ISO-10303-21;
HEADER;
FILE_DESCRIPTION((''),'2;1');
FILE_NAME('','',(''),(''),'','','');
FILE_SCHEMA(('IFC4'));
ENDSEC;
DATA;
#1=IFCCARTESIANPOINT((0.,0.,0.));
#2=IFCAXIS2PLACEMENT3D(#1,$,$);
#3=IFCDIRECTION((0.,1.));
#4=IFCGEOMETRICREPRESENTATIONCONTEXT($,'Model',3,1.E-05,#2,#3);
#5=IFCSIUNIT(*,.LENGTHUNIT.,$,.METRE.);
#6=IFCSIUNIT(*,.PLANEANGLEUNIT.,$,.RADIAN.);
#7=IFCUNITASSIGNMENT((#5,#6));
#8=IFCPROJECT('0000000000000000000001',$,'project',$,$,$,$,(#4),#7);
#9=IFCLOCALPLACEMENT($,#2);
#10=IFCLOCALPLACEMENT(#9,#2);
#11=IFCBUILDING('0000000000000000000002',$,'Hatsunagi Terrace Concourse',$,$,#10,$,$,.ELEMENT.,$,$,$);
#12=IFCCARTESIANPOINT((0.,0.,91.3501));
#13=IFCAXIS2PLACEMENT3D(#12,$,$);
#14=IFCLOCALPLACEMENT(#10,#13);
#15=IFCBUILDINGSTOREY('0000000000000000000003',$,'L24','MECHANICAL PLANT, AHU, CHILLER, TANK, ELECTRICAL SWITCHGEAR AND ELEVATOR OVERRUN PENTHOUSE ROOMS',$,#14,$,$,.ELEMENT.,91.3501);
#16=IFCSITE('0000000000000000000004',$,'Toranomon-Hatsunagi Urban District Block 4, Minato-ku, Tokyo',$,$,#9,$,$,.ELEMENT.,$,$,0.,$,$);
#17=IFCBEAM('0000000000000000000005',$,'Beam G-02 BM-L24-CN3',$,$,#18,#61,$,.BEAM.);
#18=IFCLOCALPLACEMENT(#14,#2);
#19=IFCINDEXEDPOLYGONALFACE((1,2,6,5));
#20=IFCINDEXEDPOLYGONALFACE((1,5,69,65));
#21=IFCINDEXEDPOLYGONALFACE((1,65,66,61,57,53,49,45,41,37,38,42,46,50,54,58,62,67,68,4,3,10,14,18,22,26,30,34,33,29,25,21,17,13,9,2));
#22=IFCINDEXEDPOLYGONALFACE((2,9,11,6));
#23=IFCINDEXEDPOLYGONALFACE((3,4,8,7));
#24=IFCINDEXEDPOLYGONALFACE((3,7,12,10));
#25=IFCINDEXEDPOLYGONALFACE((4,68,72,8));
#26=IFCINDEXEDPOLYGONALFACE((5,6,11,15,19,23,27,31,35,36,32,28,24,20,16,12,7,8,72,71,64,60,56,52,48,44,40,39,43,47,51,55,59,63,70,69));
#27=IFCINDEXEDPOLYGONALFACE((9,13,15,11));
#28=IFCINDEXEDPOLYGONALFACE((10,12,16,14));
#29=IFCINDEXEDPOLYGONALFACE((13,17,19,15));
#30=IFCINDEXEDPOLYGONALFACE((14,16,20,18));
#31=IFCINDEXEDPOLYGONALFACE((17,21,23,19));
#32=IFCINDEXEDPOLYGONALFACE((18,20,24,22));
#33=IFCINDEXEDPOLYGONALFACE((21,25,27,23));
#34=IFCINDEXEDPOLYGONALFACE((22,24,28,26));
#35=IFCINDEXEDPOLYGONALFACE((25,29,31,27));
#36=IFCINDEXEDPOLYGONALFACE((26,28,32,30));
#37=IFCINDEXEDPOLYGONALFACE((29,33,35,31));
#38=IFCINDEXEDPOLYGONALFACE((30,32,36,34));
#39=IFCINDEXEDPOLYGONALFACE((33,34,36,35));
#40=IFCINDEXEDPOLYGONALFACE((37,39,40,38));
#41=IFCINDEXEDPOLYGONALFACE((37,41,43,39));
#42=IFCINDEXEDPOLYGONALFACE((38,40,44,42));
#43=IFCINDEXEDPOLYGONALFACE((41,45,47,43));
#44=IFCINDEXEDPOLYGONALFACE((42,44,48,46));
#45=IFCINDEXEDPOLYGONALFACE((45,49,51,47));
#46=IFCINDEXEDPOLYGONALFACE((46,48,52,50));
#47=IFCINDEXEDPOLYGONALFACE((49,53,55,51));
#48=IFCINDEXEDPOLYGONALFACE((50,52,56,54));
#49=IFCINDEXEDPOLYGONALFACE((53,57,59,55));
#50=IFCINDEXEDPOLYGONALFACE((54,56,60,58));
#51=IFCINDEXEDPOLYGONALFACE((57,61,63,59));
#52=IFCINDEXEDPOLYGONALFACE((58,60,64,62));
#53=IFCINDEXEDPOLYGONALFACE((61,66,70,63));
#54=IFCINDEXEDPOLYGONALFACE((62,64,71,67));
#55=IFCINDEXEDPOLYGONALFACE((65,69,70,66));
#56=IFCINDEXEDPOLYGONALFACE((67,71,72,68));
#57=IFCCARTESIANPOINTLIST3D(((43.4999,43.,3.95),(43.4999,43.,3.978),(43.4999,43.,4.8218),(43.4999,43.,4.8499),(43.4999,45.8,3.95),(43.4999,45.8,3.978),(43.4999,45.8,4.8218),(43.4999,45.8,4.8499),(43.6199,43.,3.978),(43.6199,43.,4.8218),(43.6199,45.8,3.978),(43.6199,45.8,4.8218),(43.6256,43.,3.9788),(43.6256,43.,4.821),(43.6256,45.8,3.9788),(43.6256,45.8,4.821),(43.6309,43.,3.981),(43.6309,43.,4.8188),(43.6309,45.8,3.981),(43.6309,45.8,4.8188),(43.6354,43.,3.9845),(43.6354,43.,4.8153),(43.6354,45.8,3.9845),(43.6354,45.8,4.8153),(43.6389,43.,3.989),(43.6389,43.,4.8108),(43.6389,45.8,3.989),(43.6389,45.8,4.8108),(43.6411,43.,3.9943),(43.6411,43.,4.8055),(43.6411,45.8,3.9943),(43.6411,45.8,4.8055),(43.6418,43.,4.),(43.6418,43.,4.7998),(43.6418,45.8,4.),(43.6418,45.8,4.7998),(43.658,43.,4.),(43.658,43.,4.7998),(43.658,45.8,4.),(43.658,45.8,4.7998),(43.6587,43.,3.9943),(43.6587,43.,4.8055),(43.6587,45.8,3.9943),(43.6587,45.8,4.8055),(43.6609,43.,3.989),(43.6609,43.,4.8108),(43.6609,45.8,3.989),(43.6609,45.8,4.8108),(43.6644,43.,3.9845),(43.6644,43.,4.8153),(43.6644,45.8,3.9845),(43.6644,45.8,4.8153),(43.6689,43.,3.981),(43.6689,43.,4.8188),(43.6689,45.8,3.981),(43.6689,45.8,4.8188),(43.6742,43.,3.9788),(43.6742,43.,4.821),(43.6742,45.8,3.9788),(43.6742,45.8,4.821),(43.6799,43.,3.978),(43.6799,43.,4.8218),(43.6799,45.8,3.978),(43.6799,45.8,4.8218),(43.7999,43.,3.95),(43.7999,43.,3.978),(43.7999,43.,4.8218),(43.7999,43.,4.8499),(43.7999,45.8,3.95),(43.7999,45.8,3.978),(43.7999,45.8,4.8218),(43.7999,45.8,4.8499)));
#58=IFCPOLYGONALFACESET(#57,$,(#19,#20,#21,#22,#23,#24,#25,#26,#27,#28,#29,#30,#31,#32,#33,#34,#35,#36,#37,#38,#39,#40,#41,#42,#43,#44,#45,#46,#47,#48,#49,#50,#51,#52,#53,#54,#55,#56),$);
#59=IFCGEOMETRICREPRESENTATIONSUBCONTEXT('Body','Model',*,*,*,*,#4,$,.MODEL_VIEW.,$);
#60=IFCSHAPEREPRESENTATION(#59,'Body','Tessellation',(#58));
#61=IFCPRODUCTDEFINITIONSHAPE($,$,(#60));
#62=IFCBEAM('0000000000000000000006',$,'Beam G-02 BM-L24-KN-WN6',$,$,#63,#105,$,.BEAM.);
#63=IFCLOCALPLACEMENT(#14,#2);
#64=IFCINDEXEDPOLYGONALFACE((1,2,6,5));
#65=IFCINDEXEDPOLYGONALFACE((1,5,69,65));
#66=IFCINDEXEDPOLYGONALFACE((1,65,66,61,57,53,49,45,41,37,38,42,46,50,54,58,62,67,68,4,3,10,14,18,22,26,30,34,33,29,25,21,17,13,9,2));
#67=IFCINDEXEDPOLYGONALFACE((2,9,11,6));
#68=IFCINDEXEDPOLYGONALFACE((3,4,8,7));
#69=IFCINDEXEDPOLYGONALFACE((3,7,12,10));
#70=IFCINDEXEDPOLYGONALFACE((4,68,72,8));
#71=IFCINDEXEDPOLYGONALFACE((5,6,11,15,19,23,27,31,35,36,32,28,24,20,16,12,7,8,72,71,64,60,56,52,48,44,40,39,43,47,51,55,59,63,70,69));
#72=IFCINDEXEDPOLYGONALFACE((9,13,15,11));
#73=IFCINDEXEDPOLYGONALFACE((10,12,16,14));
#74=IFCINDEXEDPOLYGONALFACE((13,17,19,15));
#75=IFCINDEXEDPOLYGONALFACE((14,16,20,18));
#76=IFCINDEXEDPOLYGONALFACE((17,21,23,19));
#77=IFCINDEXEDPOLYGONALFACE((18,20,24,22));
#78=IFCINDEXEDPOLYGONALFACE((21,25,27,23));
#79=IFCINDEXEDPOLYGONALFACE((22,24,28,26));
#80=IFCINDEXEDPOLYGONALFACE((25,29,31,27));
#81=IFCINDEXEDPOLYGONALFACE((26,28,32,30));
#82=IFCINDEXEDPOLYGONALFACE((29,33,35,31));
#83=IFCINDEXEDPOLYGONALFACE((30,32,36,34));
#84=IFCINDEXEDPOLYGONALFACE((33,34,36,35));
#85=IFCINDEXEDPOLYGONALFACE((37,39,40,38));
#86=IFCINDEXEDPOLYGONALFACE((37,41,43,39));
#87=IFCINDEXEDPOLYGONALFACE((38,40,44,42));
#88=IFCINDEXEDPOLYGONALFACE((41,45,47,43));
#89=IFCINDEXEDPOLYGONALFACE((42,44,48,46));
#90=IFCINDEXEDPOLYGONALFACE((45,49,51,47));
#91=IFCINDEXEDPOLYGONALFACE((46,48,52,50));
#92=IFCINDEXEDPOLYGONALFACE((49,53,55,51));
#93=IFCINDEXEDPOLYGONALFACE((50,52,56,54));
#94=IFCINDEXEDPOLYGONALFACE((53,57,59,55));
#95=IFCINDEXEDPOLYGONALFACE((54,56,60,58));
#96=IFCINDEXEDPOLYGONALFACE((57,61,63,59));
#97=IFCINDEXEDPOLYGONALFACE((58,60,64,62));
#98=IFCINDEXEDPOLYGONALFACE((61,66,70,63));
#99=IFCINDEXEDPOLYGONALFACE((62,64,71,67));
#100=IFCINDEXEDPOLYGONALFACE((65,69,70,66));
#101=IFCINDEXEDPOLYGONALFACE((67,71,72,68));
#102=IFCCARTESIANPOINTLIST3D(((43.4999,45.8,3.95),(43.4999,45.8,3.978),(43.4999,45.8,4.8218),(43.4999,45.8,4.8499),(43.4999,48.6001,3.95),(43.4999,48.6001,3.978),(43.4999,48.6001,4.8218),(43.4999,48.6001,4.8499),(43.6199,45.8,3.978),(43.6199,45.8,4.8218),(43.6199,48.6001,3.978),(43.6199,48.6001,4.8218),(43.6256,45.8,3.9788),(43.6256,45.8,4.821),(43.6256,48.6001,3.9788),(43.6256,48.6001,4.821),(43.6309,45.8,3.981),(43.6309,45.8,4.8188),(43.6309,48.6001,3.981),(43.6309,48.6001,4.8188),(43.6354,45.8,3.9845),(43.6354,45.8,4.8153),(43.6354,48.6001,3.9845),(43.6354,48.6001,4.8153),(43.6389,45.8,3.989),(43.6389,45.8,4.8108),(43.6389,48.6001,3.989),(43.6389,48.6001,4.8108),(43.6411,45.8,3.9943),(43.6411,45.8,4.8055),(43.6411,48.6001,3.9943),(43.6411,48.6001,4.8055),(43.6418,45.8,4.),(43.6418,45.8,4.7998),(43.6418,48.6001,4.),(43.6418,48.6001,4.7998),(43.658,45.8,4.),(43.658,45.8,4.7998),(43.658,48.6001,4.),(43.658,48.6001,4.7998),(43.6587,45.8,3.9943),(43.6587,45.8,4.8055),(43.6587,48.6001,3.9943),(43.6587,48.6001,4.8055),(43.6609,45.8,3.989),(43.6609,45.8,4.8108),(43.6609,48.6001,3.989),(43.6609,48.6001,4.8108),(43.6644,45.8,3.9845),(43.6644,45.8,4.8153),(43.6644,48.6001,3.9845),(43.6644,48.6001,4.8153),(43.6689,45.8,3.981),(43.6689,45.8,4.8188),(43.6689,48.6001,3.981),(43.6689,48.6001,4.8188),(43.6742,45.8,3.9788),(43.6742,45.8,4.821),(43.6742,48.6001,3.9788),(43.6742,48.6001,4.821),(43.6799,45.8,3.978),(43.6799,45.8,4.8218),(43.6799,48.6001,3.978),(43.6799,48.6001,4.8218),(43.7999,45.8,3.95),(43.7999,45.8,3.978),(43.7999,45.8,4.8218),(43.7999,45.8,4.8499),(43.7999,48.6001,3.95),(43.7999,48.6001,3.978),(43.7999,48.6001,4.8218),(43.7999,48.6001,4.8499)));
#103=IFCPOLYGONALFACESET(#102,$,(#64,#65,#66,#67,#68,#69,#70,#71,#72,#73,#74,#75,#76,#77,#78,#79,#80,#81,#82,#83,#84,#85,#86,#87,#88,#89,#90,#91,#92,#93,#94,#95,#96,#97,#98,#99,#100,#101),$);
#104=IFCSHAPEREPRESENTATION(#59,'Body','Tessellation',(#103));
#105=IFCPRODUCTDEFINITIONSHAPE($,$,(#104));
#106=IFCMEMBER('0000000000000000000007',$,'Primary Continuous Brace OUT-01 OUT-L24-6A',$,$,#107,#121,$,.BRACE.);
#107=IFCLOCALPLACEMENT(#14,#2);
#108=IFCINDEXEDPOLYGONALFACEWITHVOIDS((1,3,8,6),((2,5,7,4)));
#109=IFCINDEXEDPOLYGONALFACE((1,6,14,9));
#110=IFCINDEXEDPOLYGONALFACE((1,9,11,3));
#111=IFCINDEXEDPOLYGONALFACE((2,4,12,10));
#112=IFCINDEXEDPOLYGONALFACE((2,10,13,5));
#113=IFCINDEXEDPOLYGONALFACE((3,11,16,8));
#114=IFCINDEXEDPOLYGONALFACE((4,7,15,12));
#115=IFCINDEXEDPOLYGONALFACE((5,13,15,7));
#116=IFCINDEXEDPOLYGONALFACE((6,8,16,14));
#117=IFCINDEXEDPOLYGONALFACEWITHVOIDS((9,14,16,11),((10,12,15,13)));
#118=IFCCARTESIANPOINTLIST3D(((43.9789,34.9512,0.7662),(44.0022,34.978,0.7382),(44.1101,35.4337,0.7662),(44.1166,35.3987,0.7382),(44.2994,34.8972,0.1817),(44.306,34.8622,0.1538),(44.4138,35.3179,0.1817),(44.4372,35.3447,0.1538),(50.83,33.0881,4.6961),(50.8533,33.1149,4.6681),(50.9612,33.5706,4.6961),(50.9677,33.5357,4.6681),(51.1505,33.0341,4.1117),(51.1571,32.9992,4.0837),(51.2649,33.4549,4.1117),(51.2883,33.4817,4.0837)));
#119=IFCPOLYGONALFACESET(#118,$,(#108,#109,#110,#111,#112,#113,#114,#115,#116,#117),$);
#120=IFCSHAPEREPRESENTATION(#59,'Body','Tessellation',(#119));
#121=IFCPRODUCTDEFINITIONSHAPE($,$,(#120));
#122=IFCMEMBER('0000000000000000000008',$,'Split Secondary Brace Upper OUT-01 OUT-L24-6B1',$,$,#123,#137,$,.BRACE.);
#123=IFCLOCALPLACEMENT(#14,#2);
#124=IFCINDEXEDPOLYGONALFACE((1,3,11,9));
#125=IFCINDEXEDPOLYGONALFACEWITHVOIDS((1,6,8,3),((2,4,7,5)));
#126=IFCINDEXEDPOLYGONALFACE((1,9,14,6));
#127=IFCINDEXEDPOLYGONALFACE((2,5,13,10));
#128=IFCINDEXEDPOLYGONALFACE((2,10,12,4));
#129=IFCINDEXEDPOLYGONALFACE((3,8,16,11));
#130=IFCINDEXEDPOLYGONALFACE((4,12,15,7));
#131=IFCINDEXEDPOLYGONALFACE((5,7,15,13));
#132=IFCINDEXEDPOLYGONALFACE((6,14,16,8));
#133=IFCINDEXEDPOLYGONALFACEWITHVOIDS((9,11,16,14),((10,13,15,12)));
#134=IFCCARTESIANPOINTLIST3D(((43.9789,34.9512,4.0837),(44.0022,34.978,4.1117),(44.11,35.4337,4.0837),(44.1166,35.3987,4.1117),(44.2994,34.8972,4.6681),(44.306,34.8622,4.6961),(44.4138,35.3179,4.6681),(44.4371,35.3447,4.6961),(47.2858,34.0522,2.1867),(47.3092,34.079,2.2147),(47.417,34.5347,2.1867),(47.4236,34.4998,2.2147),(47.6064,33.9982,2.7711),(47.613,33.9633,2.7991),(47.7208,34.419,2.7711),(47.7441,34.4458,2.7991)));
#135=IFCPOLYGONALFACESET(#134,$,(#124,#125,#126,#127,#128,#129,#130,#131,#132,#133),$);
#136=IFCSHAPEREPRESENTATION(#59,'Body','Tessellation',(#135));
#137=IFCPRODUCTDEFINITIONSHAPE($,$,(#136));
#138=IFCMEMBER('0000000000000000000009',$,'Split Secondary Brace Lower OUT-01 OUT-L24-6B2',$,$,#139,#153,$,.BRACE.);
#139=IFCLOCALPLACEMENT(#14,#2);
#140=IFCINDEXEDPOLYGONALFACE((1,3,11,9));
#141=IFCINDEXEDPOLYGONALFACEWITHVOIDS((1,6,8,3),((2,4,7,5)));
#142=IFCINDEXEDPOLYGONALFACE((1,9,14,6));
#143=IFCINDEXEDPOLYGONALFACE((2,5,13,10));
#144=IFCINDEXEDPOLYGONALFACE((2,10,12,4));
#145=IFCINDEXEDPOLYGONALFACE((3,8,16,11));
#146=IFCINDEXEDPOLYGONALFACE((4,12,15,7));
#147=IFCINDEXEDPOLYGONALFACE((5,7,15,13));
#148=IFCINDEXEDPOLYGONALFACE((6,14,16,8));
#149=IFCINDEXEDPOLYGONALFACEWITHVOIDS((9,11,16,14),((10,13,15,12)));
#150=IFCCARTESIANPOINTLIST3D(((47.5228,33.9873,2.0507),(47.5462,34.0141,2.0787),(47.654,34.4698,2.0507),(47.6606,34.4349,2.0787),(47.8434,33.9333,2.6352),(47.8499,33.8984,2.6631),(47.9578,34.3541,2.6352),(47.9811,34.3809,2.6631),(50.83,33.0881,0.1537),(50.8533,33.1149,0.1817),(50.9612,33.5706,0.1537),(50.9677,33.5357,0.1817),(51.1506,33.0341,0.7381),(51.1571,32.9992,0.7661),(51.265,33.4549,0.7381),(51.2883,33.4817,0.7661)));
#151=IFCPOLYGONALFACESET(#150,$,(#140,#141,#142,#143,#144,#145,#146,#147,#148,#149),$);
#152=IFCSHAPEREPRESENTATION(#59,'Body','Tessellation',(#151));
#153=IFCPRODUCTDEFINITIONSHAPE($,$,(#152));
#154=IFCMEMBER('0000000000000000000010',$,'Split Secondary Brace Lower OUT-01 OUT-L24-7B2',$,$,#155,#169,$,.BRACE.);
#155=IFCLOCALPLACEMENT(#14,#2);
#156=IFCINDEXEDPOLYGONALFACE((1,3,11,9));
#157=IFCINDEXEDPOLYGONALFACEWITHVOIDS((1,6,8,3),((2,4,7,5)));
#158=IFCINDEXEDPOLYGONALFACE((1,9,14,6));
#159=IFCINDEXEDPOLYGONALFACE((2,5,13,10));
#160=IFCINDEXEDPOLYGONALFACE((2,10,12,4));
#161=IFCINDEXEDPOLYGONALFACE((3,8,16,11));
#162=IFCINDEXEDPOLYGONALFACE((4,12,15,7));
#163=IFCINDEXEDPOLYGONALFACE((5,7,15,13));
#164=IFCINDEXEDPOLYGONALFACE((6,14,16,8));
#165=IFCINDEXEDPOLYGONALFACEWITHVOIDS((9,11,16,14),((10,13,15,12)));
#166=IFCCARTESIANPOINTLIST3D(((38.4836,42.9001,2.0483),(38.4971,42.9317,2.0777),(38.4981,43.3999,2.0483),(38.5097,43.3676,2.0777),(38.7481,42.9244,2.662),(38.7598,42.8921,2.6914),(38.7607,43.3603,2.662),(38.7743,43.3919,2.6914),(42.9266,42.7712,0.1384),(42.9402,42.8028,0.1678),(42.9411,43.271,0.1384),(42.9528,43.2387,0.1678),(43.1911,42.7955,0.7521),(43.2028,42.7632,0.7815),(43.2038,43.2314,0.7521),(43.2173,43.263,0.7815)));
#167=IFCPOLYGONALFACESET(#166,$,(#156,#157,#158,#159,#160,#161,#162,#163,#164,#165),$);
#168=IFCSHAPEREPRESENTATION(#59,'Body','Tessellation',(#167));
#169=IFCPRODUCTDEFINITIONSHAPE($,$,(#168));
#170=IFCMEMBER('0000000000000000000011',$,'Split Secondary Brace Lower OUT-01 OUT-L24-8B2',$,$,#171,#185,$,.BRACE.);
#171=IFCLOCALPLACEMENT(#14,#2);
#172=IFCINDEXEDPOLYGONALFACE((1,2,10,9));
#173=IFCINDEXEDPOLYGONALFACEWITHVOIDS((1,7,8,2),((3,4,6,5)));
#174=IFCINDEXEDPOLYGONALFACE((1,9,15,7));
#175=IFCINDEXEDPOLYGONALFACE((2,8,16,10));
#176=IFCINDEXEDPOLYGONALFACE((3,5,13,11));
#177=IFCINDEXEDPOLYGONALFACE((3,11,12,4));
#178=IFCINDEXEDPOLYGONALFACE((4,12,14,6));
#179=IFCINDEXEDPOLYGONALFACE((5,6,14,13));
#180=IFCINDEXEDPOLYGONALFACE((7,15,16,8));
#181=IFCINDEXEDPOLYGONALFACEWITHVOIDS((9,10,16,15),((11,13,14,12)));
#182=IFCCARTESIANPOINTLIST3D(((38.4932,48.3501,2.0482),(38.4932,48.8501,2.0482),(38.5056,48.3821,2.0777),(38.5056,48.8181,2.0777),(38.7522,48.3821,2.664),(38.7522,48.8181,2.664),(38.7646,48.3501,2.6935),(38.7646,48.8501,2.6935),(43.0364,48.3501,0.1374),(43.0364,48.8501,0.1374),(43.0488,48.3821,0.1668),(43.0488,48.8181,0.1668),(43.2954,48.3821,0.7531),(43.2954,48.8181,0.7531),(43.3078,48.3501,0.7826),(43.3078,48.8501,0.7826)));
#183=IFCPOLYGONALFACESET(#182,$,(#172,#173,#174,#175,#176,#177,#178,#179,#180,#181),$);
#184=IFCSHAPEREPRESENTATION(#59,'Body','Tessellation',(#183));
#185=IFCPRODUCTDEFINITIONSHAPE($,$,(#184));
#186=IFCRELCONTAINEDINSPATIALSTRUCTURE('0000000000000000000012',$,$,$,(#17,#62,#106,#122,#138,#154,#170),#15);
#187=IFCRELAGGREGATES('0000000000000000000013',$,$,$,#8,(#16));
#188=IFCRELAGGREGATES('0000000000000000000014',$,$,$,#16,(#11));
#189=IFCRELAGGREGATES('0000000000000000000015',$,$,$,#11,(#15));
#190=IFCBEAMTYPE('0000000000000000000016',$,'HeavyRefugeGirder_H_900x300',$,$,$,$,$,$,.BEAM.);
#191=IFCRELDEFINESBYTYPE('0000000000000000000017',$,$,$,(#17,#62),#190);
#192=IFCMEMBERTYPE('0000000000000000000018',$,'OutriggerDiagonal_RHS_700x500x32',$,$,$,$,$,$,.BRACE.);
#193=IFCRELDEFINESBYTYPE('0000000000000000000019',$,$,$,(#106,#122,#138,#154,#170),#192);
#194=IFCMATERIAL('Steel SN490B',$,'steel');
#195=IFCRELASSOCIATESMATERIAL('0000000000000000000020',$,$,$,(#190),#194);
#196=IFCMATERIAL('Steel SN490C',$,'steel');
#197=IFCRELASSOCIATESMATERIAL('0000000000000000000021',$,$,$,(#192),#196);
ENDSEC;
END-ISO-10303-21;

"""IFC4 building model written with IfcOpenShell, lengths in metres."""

from ifc_helpers import new_model, si_unit, direction, frame, origin, origin_2d, place, context, subcontext, project, spatial, hollow_rectangle, i_section, extrude, material, material_profile, profile_set, type_object, element, save


model = new_model("IFC4")

# Units and contexts
model_context = context("Model", 3, precision=1e-05, world=origin(), true_north=direction((0.0, 1.0)))
body_context = subcontext(model_context, "Body", "Model", "MODEL_VIEW")
ifc_project = project(units=[si_unit("LENGTHUNIT", "METRE"), si_unit("PLANEANGLEUNIT", "RADIAN")], contexts=[model_context])

# Site, building, storey
site_placement = place(None, origin())
site = spatial("IfcSite", under=ifc_project, at=site_placement, Name="Toranomon-Hatsunagi Urban District Block 4, Minato-ku, Tokyo", CompositionType="ELEMENT", RefElevation=0.0)
building_placement = place(site_placement, origin())
building = spatial("IfcBuilding", under=site, at=building_placement, Name="Hatsunagi Terrace Concourse", CompositionType="ELEMENT")
storey_placement = place(building_placement, frame((0.0, 0.0, 91.3501)))
storey = spatial("IfcBuildingStorey", under=building, at=storey_placement, Name="L24", Description="MECHANICAL PLANT, AHU, CHILLER, TANK, ELECTRICAL SWITCHGEAR AND ELEVATOR OVERRUN PENTHOUSE ROOMS", CompositionType="ELEMENT", Elevation=91.3501)

# Beams
ifc_material_1 = material(Name="Steel SN490B", Category="steel")
ifc_material_profile_1 = material_profile(ifc_material_1, i_section(OverallWidth=0.3, OverallDepth=0.8999, WebThickness=0.0161, FlangeThickness=0.0281, FilletRadius=0.022, at=origin_2d()), Name="H-900x300x16x28")
ifc_profile_set_1 = profile_set([ifc_material_profile_1], Name="Steel SN490B")
beam_type_1 = type_object("IfcBeamType", Name="HeavyRefugeGirder_H_900x300", PredefinedType="BEAM", material=ifc_profile_set_1)
for number, where, z_axis, x_axis, name in (
    (1, (43.6499, 43.0, 4.3999), (0.0, 1.0, 0.0), (-1.0, 0.0, 0.0), "Beam G-02 BM-L24-CN3"),
    (2, (43.6499, 45.8, 4.3999), (0.0, 1.0, 0.0), (-1.0, 0.0, 0.0), "Beam G-02 BM-L24-KN-WN6"),
):
    element("IfcBeam", number, at=place(storey_placement, frame(where, z_axis=z_axis, x_axis=x_axis)), inside=storey, type_object=beam_type_1, Name=name, PredefinedType="BEAM", context=body_context, shape_type="SweptSolid", body=[
        extrude(i_section(OverallWidth=0.3, OverallDepth=0.8999, WebThickness=0.0161, FlangeThickness=0.0281, FilletRadius=0.022, at=origin_2d()), origin(), (0.0, 0.0, 1.0), 2.8),
    ])

# Members
ifc_material_2 = material(Name="Steel SN490C", Category="steel")
ifc_material_profile_2 = material_profile(ifc_material_2, hollow_rectangle(XDim=0.5, YDim=0.7, WallThickness=0.032, at=origin_2d()), Name="RHS-700x500x32")
ifc_profile_set_2 = profile_set([ifc_material_profile_2], Name="Steel SN490C")
member_type_1 = type_object("IfcMemberType", Name="OutriggerDiagonal_RHS_700x500x32", PredefinedType="BRACE", material=ifc_profile_set_2)
member_1_placement = place(storey_placement, frame((44.208, 35.1479, 0.46), z_axis=(0.844253, -0.229581, 0.484283), x_axis=(0.262404, 0.964958, 0.0)))
element("IfcMember", 3, at=member_1_placement, inside=storey, type_object=member_type_1, Name="Primary Continuous Brace OUT-01 OUT-L24-6A", PredefinedType="BRACE", context=body_context, shape_type="SweptSolid", body=[
    extrude(hollow_rectangle(XDim=0.5, YDim=0.7, WallThickness=0.032, at=origin_2d()), origin(), (0.0, 0.0, 1.0), 8.115),
])
member_2_placement = place(storey_placement, frame((44.208, 35.1479, 4.3899), z_axis=(0.844262, -0.2295, -0.484305), x_axis=(0.262316, 0.964982, 0.0)))
element("IfcMember", 4, at=member_2_placement, inside=storey, type_object=member_type_1, Name="Split Secondary Brace Upper OUT-01 OUT-L24-6B1", PredefinedType="BRACE", context=body_context, shape_type="SweptSolid", body=[
    extrude(hollow_rectangle(XDim=0.5, YDim=0.7, WallThickness=0.032, at=origin_2d()), origin(), (0.0, 0.0, 1.0), 3.917),
])
member_3_placement = place(storey_placement, frame((47.752, 34.1841, 2.3569), z_axis=(0.844268, -0.229547, -0.484273), x_axis=(0.262364, 0.964969, 0.0)))
element("IfcMember", 5, at=member_3_placement, inside=storey, type_object=member_type_1, Name="Split Secondary Brace Lower OUT-01 OUT-L24-6B2", PredefinedType="BRACE", context=body_context, shape_type="SweptSolid", body=[
    extrude(hollow_rectangle(XDim=0.5, YDim=0.7, WallThickness=0.032, at=origin_2d()), origin(), (0.0, 0.0, 1.0), 3.9172),
])
member_4_placement = place(storey_placement, frame((38.6289, 43.146, 2.3699), z_axis=(0.91839, -0.026645, -0.394778), x_axis=(0.029, 0.999579, 0.0)))
element("IfcMember", 6, at=member_4_placement, inside=storey, type_object=member_type_1, Name="Split Secondary Brace Lower OUT-01 OUT-L24-7B2", PredefinedType="BRACE", context=body_context, shape_type="SweptSolid", body=[
    extrude(hollow_rectangle(XDim=0.5, YDim=0.7, WallThickness=0.032, at=origin_2d()), origin(), (0.0, 0.0, 1.0), 4.8379),
])
member_5_placement = place(storey_placement, frame((38.6289, 48.6001, 2.3708), z_axis=(0.921784, 0.0, -0.387705), x_axis=(0.0, 1.0, 0.0)))
element("IfcMember", 7, at=member_5_placement, inside=storey, type_object=member_type_1, Name="Split Secondary Brace Lower OUT-01 OUT-L24-8B2", PredefinedType="BRACE", context=body_context, shape_type="SweptSolid", body=[
    extrude(hollow_rectangle(XDim=0.5, YDim=0.7, WallThickness=0.032, at=origin_2d()), origin(), (0.0, 0.0, 1.0), 4.9287),
])

save(model, "model.ifc")
